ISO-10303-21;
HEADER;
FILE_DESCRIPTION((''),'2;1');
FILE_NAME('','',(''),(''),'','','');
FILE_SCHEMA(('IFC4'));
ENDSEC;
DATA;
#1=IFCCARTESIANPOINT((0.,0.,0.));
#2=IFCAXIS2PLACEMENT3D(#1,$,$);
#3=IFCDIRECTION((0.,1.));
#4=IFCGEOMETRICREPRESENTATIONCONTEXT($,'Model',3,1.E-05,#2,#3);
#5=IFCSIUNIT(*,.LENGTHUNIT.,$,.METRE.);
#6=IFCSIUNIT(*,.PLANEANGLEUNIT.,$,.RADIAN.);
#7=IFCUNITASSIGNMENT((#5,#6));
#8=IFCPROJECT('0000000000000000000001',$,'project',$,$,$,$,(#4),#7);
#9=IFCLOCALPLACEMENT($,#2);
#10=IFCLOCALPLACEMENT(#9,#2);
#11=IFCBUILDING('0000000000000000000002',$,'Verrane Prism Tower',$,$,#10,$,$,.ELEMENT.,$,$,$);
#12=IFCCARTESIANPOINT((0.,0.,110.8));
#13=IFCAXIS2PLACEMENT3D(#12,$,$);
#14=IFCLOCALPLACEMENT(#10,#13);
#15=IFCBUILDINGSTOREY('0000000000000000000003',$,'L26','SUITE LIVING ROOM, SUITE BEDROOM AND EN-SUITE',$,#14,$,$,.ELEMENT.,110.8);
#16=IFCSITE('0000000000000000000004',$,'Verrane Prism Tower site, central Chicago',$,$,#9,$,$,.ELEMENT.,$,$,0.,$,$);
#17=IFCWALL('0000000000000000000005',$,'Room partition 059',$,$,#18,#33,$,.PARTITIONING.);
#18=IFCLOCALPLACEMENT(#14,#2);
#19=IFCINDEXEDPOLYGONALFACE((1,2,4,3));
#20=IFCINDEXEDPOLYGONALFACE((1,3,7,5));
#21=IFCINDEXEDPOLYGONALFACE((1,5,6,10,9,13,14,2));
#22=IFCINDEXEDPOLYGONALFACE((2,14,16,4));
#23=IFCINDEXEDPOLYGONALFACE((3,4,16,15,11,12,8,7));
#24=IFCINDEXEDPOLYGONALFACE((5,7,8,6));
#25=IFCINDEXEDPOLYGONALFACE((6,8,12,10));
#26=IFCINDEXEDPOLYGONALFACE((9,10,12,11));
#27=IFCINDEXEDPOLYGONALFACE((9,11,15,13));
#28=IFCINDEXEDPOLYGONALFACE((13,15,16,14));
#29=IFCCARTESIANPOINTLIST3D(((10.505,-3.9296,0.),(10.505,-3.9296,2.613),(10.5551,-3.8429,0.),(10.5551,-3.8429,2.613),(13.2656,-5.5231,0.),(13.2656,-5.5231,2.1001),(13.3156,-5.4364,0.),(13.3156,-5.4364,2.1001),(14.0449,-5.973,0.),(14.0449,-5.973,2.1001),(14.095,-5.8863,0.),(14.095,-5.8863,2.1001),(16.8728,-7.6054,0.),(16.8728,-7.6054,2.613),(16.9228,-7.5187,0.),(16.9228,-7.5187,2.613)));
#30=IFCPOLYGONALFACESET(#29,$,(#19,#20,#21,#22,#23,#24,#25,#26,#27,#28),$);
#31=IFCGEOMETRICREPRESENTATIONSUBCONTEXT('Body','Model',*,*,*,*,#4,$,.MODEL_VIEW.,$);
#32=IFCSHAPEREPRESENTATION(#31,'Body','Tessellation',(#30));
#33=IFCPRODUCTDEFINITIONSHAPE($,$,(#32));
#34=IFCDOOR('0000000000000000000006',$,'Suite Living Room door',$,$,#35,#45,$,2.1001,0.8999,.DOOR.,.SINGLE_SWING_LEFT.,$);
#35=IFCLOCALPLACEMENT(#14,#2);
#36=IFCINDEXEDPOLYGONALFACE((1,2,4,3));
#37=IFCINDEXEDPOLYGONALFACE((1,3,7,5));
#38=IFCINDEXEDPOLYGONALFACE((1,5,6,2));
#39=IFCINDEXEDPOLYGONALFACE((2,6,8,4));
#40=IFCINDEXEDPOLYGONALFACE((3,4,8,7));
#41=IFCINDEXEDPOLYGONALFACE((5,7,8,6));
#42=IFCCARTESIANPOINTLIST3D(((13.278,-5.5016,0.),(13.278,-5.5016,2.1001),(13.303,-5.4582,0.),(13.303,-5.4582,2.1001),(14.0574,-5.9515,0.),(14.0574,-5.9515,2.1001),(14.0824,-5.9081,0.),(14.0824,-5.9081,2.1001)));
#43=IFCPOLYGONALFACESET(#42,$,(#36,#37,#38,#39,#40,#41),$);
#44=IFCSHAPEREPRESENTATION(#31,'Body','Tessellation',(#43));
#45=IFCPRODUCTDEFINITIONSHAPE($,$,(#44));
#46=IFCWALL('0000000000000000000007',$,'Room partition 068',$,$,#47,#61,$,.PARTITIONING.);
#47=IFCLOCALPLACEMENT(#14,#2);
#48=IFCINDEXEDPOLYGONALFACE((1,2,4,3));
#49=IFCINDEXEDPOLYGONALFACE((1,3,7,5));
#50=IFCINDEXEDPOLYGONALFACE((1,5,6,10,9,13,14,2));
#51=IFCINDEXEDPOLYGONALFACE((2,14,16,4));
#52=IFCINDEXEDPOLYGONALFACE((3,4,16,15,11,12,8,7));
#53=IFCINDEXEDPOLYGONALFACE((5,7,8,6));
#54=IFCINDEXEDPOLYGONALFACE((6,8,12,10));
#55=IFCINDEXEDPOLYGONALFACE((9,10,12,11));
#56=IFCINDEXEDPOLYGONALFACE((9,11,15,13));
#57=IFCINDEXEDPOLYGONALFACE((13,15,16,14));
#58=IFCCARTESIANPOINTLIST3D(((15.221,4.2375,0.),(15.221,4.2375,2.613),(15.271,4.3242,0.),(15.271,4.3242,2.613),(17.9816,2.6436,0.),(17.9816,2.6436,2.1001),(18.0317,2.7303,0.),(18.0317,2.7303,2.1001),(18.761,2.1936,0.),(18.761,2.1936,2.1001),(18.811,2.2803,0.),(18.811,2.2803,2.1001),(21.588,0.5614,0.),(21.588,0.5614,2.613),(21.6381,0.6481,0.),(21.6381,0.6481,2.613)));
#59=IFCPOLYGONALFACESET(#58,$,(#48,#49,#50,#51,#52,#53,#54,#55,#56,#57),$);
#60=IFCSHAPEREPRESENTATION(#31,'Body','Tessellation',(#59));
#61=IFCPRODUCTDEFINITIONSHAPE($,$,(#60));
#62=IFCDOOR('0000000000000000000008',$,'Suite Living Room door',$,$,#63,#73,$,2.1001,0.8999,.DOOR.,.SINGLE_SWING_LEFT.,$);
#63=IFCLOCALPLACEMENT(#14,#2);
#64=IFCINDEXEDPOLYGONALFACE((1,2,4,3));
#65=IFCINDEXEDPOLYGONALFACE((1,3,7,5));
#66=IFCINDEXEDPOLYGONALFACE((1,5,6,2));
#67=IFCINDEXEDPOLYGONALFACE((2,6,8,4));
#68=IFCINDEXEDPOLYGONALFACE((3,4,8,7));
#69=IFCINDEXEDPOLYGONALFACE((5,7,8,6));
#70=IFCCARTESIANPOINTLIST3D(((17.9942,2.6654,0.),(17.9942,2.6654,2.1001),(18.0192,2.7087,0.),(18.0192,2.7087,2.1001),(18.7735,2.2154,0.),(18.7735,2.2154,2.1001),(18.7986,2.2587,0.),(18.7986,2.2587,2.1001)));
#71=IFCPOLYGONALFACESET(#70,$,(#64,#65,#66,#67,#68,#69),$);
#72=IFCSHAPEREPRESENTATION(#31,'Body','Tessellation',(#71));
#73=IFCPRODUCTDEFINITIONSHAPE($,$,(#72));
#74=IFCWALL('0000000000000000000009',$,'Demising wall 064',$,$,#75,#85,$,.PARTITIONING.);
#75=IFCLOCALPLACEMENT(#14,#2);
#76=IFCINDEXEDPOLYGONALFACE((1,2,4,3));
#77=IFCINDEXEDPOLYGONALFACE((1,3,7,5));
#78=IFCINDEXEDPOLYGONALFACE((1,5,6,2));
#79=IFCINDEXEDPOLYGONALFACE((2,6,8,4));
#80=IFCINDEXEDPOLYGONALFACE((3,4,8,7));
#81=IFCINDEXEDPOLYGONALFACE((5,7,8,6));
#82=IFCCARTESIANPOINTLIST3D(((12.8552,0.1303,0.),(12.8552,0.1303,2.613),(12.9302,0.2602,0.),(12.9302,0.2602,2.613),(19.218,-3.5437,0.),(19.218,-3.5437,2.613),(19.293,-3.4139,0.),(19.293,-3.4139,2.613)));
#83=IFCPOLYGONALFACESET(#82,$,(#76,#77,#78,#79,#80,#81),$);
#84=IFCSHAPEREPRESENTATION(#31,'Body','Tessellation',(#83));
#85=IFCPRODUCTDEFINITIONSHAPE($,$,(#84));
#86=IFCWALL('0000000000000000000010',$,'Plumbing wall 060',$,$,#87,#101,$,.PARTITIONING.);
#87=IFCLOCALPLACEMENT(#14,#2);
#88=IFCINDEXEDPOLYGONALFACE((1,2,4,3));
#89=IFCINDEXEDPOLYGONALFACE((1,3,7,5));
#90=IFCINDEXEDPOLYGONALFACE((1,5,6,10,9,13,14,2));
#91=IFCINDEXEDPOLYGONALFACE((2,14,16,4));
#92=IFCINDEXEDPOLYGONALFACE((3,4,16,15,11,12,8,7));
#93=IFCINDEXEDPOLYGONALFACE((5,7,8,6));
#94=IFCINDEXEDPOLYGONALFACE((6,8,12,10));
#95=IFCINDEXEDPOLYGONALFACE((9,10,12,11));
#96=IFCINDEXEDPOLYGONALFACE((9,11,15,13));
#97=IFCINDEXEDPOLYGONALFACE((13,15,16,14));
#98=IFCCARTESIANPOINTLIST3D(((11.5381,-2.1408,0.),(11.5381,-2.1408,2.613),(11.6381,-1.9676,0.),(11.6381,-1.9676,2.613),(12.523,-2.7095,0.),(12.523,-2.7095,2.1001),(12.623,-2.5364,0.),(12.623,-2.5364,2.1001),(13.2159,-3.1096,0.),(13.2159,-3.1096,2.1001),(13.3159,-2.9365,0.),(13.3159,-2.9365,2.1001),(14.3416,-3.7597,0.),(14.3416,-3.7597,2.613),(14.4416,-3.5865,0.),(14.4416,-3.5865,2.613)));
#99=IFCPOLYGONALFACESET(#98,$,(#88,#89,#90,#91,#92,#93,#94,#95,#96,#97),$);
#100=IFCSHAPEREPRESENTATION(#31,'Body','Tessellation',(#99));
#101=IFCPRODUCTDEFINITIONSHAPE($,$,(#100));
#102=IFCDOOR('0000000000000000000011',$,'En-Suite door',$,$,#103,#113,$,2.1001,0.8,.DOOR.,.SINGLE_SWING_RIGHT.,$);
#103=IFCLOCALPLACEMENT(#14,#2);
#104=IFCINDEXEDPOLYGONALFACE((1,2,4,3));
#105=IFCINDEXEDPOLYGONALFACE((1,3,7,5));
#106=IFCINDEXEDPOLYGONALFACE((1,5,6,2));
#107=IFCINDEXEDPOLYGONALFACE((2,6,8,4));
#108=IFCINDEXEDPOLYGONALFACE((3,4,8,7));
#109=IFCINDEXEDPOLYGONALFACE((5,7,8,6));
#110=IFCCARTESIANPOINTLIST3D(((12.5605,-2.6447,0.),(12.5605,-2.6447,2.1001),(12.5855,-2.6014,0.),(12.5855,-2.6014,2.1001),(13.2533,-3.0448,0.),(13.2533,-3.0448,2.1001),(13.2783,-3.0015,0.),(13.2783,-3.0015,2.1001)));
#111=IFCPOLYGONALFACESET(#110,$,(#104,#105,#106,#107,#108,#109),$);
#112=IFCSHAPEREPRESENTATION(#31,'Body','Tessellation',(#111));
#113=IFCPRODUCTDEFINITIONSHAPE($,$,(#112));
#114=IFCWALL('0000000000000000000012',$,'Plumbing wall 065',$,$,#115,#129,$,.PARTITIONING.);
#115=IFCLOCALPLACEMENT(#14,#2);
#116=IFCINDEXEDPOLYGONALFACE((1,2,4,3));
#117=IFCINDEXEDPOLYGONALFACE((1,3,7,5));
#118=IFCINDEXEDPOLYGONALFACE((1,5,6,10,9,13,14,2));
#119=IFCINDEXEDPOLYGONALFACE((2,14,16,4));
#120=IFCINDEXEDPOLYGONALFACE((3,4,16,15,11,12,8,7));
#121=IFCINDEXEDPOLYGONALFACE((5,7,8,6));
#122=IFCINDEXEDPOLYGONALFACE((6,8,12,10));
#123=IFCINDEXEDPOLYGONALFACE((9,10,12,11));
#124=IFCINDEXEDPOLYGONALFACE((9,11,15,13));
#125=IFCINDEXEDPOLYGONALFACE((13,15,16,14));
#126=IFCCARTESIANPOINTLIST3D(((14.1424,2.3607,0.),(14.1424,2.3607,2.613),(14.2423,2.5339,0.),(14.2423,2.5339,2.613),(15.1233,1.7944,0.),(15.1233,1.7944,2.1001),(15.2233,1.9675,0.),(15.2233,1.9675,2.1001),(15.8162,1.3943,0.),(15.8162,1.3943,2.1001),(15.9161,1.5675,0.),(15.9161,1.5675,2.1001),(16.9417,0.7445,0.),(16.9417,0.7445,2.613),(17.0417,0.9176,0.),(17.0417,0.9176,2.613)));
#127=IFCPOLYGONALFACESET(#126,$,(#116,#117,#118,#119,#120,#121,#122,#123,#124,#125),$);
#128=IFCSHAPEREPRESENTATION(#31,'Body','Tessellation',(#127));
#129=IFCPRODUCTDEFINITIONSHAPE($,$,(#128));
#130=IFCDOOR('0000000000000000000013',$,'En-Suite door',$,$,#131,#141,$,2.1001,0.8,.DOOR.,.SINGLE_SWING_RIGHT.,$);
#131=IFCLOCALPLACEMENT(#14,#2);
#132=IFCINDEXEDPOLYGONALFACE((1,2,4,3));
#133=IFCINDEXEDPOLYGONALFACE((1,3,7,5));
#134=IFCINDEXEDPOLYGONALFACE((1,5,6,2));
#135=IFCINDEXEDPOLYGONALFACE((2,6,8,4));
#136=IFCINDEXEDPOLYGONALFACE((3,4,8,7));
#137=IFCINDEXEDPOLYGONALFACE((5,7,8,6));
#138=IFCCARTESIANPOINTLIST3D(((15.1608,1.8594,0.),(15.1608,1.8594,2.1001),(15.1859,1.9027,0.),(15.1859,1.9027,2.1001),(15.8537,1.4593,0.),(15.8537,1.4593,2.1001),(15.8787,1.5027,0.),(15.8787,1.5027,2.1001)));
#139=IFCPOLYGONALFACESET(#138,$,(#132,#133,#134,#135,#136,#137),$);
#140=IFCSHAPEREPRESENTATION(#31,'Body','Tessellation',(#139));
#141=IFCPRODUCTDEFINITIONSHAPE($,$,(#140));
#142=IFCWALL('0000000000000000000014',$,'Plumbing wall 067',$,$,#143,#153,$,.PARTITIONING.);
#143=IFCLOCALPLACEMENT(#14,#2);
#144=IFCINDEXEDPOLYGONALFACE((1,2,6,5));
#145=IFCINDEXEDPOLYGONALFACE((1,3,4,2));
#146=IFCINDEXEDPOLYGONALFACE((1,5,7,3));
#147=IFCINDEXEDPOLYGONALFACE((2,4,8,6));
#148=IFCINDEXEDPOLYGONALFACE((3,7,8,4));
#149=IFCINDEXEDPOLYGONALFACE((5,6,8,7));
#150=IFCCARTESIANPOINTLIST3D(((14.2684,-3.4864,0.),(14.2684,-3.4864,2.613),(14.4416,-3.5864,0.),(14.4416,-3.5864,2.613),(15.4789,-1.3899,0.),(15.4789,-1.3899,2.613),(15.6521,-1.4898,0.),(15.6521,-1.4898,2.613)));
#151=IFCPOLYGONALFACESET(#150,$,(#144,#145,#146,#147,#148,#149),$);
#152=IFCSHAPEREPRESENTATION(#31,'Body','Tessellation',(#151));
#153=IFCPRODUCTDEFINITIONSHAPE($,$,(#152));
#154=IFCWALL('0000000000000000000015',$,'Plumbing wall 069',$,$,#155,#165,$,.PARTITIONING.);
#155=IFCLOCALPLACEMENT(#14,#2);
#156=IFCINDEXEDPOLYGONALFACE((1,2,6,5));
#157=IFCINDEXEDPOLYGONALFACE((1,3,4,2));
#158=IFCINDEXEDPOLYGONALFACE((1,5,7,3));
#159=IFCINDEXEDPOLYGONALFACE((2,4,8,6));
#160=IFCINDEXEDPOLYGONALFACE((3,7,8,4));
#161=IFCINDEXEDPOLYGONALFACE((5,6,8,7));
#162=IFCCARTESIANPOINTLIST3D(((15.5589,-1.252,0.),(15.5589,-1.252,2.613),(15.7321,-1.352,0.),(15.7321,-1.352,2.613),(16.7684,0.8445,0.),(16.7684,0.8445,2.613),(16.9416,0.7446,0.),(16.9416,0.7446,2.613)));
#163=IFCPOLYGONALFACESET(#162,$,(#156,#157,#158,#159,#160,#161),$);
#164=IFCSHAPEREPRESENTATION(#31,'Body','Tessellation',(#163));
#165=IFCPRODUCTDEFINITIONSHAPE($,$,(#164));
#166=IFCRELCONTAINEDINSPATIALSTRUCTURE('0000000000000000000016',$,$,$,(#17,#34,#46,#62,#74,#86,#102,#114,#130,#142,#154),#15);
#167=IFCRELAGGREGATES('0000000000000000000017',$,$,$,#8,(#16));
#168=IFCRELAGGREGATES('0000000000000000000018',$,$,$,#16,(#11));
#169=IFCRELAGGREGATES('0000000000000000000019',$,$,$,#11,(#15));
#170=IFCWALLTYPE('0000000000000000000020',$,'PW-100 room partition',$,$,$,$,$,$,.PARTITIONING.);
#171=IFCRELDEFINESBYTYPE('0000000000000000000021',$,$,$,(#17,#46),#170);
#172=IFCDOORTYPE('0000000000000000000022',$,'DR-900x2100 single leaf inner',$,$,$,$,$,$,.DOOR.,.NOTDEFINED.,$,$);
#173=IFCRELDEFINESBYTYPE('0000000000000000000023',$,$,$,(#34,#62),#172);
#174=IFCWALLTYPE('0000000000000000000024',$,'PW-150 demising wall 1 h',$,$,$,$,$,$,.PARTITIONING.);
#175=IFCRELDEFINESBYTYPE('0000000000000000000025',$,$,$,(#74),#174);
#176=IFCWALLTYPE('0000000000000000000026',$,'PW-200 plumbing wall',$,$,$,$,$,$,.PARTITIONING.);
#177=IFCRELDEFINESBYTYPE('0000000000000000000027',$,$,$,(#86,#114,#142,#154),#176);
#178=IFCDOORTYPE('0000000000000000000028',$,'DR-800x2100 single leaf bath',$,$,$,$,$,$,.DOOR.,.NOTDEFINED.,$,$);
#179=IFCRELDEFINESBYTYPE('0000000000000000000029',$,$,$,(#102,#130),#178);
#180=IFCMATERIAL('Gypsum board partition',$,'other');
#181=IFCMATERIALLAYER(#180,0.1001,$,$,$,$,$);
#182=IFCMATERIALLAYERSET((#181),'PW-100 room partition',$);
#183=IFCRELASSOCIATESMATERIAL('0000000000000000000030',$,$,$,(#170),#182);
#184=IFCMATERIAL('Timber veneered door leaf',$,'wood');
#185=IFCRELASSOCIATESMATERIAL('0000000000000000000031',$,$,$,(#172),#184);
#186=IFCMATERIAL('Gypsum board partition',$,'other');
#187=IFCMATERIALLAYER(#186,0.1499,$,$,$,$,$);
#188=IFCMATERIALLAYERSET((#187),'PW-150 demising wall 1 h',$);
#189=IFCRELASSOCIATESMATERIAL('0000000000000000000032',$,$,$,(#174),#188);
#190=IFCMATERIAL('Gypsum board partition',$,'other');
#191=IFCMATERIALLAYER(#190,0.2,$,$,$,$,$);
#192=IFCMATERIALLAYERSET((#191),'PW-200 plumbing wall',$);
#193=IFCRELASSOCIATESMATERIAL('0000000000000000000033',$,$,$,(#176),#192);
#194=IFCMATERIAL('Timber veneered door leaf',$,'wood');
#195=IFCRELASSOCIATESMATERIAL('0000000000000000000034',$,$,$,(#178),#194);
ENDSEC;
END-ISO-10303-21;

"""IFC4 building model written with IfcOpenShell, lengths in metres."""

from ifc_helpers import new_model, si_unit, direction, frame, frame_2d, origin, place, context, subcontext, project, spatial, rectangle, extrude, material, layer, layer_set, type_object, element, fill, save


model = new_model("IFC4")

# Units and contexts
model_context = context("Model", 3, precision=1e-05, world=origin(), true_north=direction((0.0, 1.0)))
body_context = subcontext(model_context, "Body", "Model", "MODEL_VIEW")
ifc_project = project(units=[si_unit("LENGTHUNIT", "METRE"), si_unit("PLANEANGLEUNIT", "RADIAN")], contexts=[model_context])

# Site, building, storey
site_placement = place(None, origin())
site = spatial("IfcSite", under=ifc_project, at=site_placement, Name="Verrane Prism Tower site, central Chicago", CompositionType="ELEMENT", RefElevation=0.0)
building_placement = place(site_placement, origin())
building = spatial("IfcBuilding", under=site, at=building_placement, Name="Verrane Prism Tower", CompositionType="ELEMENT")
storey_placement = place(building_placement, frame((0.0, 0.0, 110.8)))
storey = spatial("IfcBuildingStorey", under=building, at=storey_placement, Name="L26", Description="SUITE LIVING ROOM, SUITE BEDROOM AND EN-SUITE", CompositionType="ELEMENT", Elevation=110.8)

# Walls, openings, doors
ifc_material_1 = material(Name="Gypsum board partition", Category="other")
ifc_layer_1 = layer(ifc_material_1, 0.1001)
ifc_layer_set_1 = layer_set([ifc_layer_1], Name="PW-100 room partition")
wall_type_1 = type_object("IfcWallType", Name="PW-100 room partition", PredefinedType="PARTITIONING", material=ifc_layer_set_1)
wall_1_placement = place(storey_placement, frame((10.53, -3.8862, 0.0), z_axis=(0.0, 0.0, 1.0), x_axis=(0.866061, -0.499939, 0.0)))
wall_1 = element("IfcWall", 1, at=wall_1_placement, inside=storey, type_object=wall_type_1, Name="Room partition 059", PredefinedType="PARTITIONING", context=body_context, shape_type="SweptSolid", body=[
    extrude(rectangle(XDim=7.3525, YDim=0.1001, at=frame_2d((3.6763, 0.0))), origin(), (0.0, 0.0, 1.0), 2.613),
])
opening_1_placement = place(wall_1_placement, frame((3.1875, 0.0, 0.0)))
opening_1 = element("IfcOpeningElement", 2, at=opening_1_placement, cuts=wall_1, PredefinedType="OPENING", context=body_context, shape_type="SweptSolid", body=[
    extrude(rectangle(XDim=0.8999, YDim=2.1001, at=frame_2d((0.45, 1.05))), frame((0.0, 0.0601, 0.0), z_axis=(0.0, -1.0, 0.0), x_axis=(1.0, 0.0, 0.0)), (0.0, 0.0, 1.0), 0.1201),
])
ifc_material_2 = material(Name="Timber veneered door leaf", Category="wood")
door_type_1 = type_object("IfcDoorType", Name="DR-900x2100 single leaf inner", OperationType="NOTDEFINED", PredefinedType="DOOR", material=ifc_material_2)
door_1_placement = place(opening_1_placement, origin())
door_1 = element("IfcDoor", 3, at=door_1_placement, inside=storey, type_object=door_type_1, Name="Suite Living Room door", OperationType="SINGLE_SWING_LEFT", OverallHeight=2.1001, OverallWidth=0.8999, PredefinedType="DOOR", context=body_context, shape_type="SweptSolid", body=[
    extrude(rectangle(XDim=0.8999, YDim=2.1001, at=frame_2d((0.45, 1.05))), frame((0.0, 0.0249, 0.0), z_axis=(0.0, -1.0, 0.0), x_axis=(1.0, 0.0, 0.0)), (0.0, 0.0, 1.0), 0.05),
])
fill(opening_1, door_1)
wall_2_placement = place(storey_placement, frame((21.613, 0.6047, 0.0), z_axis=(0.0, 0.0, 1.0), x_axis=(-0.866021, 0.500007, 0.0)))
wall_2 = element("IfcWall", 4, at=wall_2_placement, inside=storey, type_object=wall_type_1, Name="Room partition 068", PredefinedType="PARTITIONING", context=body_context, shape_type="SweptSolid", body=[
    extrude(rectangle(XDim=7.3521, YDim=0.1001, at=frame_2d((3.676, 0.0))), origin(), (0.0, 0.0, 1.0), 2.613),
])
opening_2_placement = place(wall_2_placement, frame((3.2644, 0.0, 0.0)))
opening_2 = element("IfcOpeningElement", 5, at=opening_2_placement, cuts=wall_2, PredefinedType="OPENING", context=body_context, shape_type="SweptSolid", body=[
    extrude(rectangle(XDim=0.8999, YDim=2.1001, at=frame_2d((0.45, 1.05))), frame((0.0, 0.0601, 0.0), z_axis=(0.0, -1.0, 0.0), x_axis=(1.0, 0.0, 0.0)), (0.0, 0.0, 1.0), 0.1201),
])
door_2_placement = place(opening_2_placement, origin())
door_2 = element("IfcDoor", 6, at=door_2_placement, inside=storey, type_object=door_type_1, Name="Suite Living Room door", OperationType="SINGLE_SWING_LEFT", OverallHeight=2.1001, OverallWidth=0.8999, PredefinedType="DOOR", context=body_context, shape_type="SweptSolid", body=[
    extrude(rectangle(XDim=0.8999, YDim=2.1001, at=frame_2d((0.45, 1.05))), frame((0.0, 0.0249, 0.0), z_axis=(0.0, -1.0, 0.0), x_axis=(1.0, 0.0, 0.0)), (0.0, 0.0, 1.0), 0.05),
])
fill(opening_2, door_2)

# Wall
ifc_material_3 = material(Name="Gypsum board partition", Category="other")
ifc_layer_2 = layer(ifc_material_3, 0.1499)
ifc_layer_set_2 = layer_set([ifc_layer_2], Name="PW-150 demising wall 1 h")
wall_type_2 = type_object("IfcWallType", Name="PW-150 demising wall 1 h", PredefinedType="PARTITIONING", material=ifc_layer_set_2)
wall_3_placement = place(storey_placement, frame((12.8926, 0.1953, 0.0), z_axis=(0.0, 0.0, 1.0), x_axis=(0.865995, -0.500052, 0.0)))
element("IfcWall", 7, at=wall_3_placement, inside=storey, type_object=wall_type_2, Name="Demising wall 064", PredefinedType="PARTITIONING", context=body_context, shape_type="SweptSolid", body=[
    extrude(rectangle(XDim=7.3474, YDim=0.1499, at=frame_2d((3.6738, 0.0))), origin(), (0.0, 0.0, 1.0), 2.613),
])

# Walls, openings, doors
ifc_material_4 = material(Name="Gypsum board partition", Category="other")
ifc_layer_3 = layer(ifc_material_4, 0.2)
ifc_layer_set_3 = layer_set([ifc_layer_3], Name="PW-200 plumbing wall")
wall_type_3 = type_object("IfcWallType", Name="PW-200 plumbing wall", PredefinedType="PARTITIONING", material=ifc_layer_set_3)
wall_4_placement = place(storey_placement, frame((11.5881, -2.0542, 0.0), z_axis=(0.0, 0.0, 1.0), x_axis=(0.865983, -0.500073, 0.0)))
wall_4 = element("IfcWall", 8, at=wall_4_placement, inside=storey, type_object=wall_type_3, Name="Plumbing wall 060", PredefinedType="PARTITIONING", context=body_context, shape_type="SweptSolid", body=[
    extrude(rectangle(XDim=3.2373, YDim=0.2, at=frame_2d((1.6187, 0.0))), origin(), (0.0, 0.0, 1.0), 2.613),
])
opening_3_placement = place(wall_4_placement, frame((1.1375, 0.0, 0.0)))
opening_3 = element("IfcOpeningElement", 9, at=opening_3_placement, cuts=wall_4, PredefinedType="OPENING", context=body_context, shape_type="SweptSolid", body=[
    extrude(rectangle(XDim=0.8, YDim=2.1001, at=frame_2d((0.3999, 1.05))), frame((0.0, 0.1099, 0.0), z_axis=(0.0, -1.0, 0.0), x_axis=(1.0, 0.0, 0.0)), (0.0, 0.0, 1.0), 0.22),
])
ifc_material_5 = material(Name="Timber veneered door leaf", Category="wood")
door_type_2 = type_object("IfcDoorType", Name="DR-800x2100 single leaf bath", OperationType="NOTDEFINED", PredefinedType="DOOR", material=ifc_material_5)
door_3_placement = place(opening_3_placement, origin())
door_3 = element("IfcDoor", 10, at=door_3_placement, inside=storey, type_object=door_type_2, Name="En-Suite door", OperationType="SINGLE_SWING_RIGHT", OverallHeight=2.1001, OverallWidth=0.8, PredefinedType="DOOR", context=body_context, shape_type="SweptSolid", body=[
    extrude(rectangle(XDim=0.8, YDim=2.1001, at=frame_2d((0.3999, 1.05))), frame((0.0, 0.0249, 0.0), z_axis=(0.0, -1.0, 0.0), x_axis=(1.0, 0.0, 0.0)), (0.0, 0.0, 1.0), 0.05),
])
fill(opening_3, door_3)
wall_5_placement = place(storey_placement, frame((16.9917, 0.8311, 0.0), z_axis=(0.0, 0.0, 1.0), x_axis=(-0.866022, 0.500006, 0.0)))
wall_5 = element("IfcWall", 11, at=wall_5_placement, inside=storey, type_object=wall_type_3, Name="Plumbing wall 065", PredefinedType="PARTITIONING", context=body_context, shape_type="SweptSolid", body=[
    extrude(rectangle(XDim=3.2324, YDim=0.2, at=frame_2d((1.6162, 0.0))), origin(), (0.0, 0.0, 1.0), 2.613),
])
opening_4_placement = place(wall_5_placement, frame((1.2998, 0.0, 0.0)))
opening_4 = element("IfcOpeningElement", 12, at=opening_4_placement, cuts=wall_5, PredefinedType="OPENING", context=body_context, shape_type="SweptSolid", body=[
    extrude(rectangle(XDim=0.8, YDim=2.1001, at=frame_2d((0.3999, 1.05))), frame((0.0, 0.1099, 0.0), z_axis=(0.0, -1.0, 0.0), x_axis=(1.0, 0.0, 0.0)), (0.0, 0.0, 1.0), 0.22),
])
door_4_placement = place(opening_4_placement, origin())
door_4 = element("IfcDoor", 13, at=door_4_placement, inside=storey, type_object=door_type_2, Name="En-Suite door", OperationType="SINGLE_SWING_RIGHT", OverallHeight=2.1001, OverallWidth=0.8, PredefinedType="DOOR", context=body_context, shape_type="SweptSolid", body=[
    extrude(rectangle(XDim=0.8, YDim=2.1001, at=frame_2d((0.3999, 1.05))), frame((0.0, 0.0249, 0.0), z_axis=(0.0, -1.0, 0.0), x_axis=(1.0, 0.0, 0.0)), (0.0, 0.0, 1.0), 0.05),
])
fill(opening_4, door_4)

# Walls
wall_6_placement = place(storey_placement, frame((14.355, -3.5364, 0.0), z_axis=(0.0, 0.0, 1.0), x_axis=(0.500022, 0.866013, 0.0)))
element("IfcWall", 14, at=wall_6_placement, inside=storey, type_object=wall_type_3, Name="Plumbing wall 067", PredefinedType="PARTITIONING", context=body_context, shape_type="SweptSolid", body=[
    extrude(rectangle(XDim=2.4209, YDim=0.2, at=frame_2d((1.2104, 0.0))), origin(), (0.0, 0.0, 1.0), 2.613),
])
wall_7_placement = place(storey_placement, frame((15.6455, -1.302, 0.0), z_axis=(0.0, 0.0, 1.0), x_axis=(0.49972, 0.866187, 0.0)))
element("IfcWall", 15, at=wall_7_placement, inside=storey, type_object=wall_type_3, Name="Plumbing wall 069", PredefinedType="PARTITIONING", context=body_context, shape_type="SweptSolid", body=[
    extrude(rectangle(XDim=2.4204, YDim=0.2, at=frame_2d((1.2102, 0.0))), origin(), (0.0, 0.0, 1.0), 2.613),
])

save(model, "model.ifc")
